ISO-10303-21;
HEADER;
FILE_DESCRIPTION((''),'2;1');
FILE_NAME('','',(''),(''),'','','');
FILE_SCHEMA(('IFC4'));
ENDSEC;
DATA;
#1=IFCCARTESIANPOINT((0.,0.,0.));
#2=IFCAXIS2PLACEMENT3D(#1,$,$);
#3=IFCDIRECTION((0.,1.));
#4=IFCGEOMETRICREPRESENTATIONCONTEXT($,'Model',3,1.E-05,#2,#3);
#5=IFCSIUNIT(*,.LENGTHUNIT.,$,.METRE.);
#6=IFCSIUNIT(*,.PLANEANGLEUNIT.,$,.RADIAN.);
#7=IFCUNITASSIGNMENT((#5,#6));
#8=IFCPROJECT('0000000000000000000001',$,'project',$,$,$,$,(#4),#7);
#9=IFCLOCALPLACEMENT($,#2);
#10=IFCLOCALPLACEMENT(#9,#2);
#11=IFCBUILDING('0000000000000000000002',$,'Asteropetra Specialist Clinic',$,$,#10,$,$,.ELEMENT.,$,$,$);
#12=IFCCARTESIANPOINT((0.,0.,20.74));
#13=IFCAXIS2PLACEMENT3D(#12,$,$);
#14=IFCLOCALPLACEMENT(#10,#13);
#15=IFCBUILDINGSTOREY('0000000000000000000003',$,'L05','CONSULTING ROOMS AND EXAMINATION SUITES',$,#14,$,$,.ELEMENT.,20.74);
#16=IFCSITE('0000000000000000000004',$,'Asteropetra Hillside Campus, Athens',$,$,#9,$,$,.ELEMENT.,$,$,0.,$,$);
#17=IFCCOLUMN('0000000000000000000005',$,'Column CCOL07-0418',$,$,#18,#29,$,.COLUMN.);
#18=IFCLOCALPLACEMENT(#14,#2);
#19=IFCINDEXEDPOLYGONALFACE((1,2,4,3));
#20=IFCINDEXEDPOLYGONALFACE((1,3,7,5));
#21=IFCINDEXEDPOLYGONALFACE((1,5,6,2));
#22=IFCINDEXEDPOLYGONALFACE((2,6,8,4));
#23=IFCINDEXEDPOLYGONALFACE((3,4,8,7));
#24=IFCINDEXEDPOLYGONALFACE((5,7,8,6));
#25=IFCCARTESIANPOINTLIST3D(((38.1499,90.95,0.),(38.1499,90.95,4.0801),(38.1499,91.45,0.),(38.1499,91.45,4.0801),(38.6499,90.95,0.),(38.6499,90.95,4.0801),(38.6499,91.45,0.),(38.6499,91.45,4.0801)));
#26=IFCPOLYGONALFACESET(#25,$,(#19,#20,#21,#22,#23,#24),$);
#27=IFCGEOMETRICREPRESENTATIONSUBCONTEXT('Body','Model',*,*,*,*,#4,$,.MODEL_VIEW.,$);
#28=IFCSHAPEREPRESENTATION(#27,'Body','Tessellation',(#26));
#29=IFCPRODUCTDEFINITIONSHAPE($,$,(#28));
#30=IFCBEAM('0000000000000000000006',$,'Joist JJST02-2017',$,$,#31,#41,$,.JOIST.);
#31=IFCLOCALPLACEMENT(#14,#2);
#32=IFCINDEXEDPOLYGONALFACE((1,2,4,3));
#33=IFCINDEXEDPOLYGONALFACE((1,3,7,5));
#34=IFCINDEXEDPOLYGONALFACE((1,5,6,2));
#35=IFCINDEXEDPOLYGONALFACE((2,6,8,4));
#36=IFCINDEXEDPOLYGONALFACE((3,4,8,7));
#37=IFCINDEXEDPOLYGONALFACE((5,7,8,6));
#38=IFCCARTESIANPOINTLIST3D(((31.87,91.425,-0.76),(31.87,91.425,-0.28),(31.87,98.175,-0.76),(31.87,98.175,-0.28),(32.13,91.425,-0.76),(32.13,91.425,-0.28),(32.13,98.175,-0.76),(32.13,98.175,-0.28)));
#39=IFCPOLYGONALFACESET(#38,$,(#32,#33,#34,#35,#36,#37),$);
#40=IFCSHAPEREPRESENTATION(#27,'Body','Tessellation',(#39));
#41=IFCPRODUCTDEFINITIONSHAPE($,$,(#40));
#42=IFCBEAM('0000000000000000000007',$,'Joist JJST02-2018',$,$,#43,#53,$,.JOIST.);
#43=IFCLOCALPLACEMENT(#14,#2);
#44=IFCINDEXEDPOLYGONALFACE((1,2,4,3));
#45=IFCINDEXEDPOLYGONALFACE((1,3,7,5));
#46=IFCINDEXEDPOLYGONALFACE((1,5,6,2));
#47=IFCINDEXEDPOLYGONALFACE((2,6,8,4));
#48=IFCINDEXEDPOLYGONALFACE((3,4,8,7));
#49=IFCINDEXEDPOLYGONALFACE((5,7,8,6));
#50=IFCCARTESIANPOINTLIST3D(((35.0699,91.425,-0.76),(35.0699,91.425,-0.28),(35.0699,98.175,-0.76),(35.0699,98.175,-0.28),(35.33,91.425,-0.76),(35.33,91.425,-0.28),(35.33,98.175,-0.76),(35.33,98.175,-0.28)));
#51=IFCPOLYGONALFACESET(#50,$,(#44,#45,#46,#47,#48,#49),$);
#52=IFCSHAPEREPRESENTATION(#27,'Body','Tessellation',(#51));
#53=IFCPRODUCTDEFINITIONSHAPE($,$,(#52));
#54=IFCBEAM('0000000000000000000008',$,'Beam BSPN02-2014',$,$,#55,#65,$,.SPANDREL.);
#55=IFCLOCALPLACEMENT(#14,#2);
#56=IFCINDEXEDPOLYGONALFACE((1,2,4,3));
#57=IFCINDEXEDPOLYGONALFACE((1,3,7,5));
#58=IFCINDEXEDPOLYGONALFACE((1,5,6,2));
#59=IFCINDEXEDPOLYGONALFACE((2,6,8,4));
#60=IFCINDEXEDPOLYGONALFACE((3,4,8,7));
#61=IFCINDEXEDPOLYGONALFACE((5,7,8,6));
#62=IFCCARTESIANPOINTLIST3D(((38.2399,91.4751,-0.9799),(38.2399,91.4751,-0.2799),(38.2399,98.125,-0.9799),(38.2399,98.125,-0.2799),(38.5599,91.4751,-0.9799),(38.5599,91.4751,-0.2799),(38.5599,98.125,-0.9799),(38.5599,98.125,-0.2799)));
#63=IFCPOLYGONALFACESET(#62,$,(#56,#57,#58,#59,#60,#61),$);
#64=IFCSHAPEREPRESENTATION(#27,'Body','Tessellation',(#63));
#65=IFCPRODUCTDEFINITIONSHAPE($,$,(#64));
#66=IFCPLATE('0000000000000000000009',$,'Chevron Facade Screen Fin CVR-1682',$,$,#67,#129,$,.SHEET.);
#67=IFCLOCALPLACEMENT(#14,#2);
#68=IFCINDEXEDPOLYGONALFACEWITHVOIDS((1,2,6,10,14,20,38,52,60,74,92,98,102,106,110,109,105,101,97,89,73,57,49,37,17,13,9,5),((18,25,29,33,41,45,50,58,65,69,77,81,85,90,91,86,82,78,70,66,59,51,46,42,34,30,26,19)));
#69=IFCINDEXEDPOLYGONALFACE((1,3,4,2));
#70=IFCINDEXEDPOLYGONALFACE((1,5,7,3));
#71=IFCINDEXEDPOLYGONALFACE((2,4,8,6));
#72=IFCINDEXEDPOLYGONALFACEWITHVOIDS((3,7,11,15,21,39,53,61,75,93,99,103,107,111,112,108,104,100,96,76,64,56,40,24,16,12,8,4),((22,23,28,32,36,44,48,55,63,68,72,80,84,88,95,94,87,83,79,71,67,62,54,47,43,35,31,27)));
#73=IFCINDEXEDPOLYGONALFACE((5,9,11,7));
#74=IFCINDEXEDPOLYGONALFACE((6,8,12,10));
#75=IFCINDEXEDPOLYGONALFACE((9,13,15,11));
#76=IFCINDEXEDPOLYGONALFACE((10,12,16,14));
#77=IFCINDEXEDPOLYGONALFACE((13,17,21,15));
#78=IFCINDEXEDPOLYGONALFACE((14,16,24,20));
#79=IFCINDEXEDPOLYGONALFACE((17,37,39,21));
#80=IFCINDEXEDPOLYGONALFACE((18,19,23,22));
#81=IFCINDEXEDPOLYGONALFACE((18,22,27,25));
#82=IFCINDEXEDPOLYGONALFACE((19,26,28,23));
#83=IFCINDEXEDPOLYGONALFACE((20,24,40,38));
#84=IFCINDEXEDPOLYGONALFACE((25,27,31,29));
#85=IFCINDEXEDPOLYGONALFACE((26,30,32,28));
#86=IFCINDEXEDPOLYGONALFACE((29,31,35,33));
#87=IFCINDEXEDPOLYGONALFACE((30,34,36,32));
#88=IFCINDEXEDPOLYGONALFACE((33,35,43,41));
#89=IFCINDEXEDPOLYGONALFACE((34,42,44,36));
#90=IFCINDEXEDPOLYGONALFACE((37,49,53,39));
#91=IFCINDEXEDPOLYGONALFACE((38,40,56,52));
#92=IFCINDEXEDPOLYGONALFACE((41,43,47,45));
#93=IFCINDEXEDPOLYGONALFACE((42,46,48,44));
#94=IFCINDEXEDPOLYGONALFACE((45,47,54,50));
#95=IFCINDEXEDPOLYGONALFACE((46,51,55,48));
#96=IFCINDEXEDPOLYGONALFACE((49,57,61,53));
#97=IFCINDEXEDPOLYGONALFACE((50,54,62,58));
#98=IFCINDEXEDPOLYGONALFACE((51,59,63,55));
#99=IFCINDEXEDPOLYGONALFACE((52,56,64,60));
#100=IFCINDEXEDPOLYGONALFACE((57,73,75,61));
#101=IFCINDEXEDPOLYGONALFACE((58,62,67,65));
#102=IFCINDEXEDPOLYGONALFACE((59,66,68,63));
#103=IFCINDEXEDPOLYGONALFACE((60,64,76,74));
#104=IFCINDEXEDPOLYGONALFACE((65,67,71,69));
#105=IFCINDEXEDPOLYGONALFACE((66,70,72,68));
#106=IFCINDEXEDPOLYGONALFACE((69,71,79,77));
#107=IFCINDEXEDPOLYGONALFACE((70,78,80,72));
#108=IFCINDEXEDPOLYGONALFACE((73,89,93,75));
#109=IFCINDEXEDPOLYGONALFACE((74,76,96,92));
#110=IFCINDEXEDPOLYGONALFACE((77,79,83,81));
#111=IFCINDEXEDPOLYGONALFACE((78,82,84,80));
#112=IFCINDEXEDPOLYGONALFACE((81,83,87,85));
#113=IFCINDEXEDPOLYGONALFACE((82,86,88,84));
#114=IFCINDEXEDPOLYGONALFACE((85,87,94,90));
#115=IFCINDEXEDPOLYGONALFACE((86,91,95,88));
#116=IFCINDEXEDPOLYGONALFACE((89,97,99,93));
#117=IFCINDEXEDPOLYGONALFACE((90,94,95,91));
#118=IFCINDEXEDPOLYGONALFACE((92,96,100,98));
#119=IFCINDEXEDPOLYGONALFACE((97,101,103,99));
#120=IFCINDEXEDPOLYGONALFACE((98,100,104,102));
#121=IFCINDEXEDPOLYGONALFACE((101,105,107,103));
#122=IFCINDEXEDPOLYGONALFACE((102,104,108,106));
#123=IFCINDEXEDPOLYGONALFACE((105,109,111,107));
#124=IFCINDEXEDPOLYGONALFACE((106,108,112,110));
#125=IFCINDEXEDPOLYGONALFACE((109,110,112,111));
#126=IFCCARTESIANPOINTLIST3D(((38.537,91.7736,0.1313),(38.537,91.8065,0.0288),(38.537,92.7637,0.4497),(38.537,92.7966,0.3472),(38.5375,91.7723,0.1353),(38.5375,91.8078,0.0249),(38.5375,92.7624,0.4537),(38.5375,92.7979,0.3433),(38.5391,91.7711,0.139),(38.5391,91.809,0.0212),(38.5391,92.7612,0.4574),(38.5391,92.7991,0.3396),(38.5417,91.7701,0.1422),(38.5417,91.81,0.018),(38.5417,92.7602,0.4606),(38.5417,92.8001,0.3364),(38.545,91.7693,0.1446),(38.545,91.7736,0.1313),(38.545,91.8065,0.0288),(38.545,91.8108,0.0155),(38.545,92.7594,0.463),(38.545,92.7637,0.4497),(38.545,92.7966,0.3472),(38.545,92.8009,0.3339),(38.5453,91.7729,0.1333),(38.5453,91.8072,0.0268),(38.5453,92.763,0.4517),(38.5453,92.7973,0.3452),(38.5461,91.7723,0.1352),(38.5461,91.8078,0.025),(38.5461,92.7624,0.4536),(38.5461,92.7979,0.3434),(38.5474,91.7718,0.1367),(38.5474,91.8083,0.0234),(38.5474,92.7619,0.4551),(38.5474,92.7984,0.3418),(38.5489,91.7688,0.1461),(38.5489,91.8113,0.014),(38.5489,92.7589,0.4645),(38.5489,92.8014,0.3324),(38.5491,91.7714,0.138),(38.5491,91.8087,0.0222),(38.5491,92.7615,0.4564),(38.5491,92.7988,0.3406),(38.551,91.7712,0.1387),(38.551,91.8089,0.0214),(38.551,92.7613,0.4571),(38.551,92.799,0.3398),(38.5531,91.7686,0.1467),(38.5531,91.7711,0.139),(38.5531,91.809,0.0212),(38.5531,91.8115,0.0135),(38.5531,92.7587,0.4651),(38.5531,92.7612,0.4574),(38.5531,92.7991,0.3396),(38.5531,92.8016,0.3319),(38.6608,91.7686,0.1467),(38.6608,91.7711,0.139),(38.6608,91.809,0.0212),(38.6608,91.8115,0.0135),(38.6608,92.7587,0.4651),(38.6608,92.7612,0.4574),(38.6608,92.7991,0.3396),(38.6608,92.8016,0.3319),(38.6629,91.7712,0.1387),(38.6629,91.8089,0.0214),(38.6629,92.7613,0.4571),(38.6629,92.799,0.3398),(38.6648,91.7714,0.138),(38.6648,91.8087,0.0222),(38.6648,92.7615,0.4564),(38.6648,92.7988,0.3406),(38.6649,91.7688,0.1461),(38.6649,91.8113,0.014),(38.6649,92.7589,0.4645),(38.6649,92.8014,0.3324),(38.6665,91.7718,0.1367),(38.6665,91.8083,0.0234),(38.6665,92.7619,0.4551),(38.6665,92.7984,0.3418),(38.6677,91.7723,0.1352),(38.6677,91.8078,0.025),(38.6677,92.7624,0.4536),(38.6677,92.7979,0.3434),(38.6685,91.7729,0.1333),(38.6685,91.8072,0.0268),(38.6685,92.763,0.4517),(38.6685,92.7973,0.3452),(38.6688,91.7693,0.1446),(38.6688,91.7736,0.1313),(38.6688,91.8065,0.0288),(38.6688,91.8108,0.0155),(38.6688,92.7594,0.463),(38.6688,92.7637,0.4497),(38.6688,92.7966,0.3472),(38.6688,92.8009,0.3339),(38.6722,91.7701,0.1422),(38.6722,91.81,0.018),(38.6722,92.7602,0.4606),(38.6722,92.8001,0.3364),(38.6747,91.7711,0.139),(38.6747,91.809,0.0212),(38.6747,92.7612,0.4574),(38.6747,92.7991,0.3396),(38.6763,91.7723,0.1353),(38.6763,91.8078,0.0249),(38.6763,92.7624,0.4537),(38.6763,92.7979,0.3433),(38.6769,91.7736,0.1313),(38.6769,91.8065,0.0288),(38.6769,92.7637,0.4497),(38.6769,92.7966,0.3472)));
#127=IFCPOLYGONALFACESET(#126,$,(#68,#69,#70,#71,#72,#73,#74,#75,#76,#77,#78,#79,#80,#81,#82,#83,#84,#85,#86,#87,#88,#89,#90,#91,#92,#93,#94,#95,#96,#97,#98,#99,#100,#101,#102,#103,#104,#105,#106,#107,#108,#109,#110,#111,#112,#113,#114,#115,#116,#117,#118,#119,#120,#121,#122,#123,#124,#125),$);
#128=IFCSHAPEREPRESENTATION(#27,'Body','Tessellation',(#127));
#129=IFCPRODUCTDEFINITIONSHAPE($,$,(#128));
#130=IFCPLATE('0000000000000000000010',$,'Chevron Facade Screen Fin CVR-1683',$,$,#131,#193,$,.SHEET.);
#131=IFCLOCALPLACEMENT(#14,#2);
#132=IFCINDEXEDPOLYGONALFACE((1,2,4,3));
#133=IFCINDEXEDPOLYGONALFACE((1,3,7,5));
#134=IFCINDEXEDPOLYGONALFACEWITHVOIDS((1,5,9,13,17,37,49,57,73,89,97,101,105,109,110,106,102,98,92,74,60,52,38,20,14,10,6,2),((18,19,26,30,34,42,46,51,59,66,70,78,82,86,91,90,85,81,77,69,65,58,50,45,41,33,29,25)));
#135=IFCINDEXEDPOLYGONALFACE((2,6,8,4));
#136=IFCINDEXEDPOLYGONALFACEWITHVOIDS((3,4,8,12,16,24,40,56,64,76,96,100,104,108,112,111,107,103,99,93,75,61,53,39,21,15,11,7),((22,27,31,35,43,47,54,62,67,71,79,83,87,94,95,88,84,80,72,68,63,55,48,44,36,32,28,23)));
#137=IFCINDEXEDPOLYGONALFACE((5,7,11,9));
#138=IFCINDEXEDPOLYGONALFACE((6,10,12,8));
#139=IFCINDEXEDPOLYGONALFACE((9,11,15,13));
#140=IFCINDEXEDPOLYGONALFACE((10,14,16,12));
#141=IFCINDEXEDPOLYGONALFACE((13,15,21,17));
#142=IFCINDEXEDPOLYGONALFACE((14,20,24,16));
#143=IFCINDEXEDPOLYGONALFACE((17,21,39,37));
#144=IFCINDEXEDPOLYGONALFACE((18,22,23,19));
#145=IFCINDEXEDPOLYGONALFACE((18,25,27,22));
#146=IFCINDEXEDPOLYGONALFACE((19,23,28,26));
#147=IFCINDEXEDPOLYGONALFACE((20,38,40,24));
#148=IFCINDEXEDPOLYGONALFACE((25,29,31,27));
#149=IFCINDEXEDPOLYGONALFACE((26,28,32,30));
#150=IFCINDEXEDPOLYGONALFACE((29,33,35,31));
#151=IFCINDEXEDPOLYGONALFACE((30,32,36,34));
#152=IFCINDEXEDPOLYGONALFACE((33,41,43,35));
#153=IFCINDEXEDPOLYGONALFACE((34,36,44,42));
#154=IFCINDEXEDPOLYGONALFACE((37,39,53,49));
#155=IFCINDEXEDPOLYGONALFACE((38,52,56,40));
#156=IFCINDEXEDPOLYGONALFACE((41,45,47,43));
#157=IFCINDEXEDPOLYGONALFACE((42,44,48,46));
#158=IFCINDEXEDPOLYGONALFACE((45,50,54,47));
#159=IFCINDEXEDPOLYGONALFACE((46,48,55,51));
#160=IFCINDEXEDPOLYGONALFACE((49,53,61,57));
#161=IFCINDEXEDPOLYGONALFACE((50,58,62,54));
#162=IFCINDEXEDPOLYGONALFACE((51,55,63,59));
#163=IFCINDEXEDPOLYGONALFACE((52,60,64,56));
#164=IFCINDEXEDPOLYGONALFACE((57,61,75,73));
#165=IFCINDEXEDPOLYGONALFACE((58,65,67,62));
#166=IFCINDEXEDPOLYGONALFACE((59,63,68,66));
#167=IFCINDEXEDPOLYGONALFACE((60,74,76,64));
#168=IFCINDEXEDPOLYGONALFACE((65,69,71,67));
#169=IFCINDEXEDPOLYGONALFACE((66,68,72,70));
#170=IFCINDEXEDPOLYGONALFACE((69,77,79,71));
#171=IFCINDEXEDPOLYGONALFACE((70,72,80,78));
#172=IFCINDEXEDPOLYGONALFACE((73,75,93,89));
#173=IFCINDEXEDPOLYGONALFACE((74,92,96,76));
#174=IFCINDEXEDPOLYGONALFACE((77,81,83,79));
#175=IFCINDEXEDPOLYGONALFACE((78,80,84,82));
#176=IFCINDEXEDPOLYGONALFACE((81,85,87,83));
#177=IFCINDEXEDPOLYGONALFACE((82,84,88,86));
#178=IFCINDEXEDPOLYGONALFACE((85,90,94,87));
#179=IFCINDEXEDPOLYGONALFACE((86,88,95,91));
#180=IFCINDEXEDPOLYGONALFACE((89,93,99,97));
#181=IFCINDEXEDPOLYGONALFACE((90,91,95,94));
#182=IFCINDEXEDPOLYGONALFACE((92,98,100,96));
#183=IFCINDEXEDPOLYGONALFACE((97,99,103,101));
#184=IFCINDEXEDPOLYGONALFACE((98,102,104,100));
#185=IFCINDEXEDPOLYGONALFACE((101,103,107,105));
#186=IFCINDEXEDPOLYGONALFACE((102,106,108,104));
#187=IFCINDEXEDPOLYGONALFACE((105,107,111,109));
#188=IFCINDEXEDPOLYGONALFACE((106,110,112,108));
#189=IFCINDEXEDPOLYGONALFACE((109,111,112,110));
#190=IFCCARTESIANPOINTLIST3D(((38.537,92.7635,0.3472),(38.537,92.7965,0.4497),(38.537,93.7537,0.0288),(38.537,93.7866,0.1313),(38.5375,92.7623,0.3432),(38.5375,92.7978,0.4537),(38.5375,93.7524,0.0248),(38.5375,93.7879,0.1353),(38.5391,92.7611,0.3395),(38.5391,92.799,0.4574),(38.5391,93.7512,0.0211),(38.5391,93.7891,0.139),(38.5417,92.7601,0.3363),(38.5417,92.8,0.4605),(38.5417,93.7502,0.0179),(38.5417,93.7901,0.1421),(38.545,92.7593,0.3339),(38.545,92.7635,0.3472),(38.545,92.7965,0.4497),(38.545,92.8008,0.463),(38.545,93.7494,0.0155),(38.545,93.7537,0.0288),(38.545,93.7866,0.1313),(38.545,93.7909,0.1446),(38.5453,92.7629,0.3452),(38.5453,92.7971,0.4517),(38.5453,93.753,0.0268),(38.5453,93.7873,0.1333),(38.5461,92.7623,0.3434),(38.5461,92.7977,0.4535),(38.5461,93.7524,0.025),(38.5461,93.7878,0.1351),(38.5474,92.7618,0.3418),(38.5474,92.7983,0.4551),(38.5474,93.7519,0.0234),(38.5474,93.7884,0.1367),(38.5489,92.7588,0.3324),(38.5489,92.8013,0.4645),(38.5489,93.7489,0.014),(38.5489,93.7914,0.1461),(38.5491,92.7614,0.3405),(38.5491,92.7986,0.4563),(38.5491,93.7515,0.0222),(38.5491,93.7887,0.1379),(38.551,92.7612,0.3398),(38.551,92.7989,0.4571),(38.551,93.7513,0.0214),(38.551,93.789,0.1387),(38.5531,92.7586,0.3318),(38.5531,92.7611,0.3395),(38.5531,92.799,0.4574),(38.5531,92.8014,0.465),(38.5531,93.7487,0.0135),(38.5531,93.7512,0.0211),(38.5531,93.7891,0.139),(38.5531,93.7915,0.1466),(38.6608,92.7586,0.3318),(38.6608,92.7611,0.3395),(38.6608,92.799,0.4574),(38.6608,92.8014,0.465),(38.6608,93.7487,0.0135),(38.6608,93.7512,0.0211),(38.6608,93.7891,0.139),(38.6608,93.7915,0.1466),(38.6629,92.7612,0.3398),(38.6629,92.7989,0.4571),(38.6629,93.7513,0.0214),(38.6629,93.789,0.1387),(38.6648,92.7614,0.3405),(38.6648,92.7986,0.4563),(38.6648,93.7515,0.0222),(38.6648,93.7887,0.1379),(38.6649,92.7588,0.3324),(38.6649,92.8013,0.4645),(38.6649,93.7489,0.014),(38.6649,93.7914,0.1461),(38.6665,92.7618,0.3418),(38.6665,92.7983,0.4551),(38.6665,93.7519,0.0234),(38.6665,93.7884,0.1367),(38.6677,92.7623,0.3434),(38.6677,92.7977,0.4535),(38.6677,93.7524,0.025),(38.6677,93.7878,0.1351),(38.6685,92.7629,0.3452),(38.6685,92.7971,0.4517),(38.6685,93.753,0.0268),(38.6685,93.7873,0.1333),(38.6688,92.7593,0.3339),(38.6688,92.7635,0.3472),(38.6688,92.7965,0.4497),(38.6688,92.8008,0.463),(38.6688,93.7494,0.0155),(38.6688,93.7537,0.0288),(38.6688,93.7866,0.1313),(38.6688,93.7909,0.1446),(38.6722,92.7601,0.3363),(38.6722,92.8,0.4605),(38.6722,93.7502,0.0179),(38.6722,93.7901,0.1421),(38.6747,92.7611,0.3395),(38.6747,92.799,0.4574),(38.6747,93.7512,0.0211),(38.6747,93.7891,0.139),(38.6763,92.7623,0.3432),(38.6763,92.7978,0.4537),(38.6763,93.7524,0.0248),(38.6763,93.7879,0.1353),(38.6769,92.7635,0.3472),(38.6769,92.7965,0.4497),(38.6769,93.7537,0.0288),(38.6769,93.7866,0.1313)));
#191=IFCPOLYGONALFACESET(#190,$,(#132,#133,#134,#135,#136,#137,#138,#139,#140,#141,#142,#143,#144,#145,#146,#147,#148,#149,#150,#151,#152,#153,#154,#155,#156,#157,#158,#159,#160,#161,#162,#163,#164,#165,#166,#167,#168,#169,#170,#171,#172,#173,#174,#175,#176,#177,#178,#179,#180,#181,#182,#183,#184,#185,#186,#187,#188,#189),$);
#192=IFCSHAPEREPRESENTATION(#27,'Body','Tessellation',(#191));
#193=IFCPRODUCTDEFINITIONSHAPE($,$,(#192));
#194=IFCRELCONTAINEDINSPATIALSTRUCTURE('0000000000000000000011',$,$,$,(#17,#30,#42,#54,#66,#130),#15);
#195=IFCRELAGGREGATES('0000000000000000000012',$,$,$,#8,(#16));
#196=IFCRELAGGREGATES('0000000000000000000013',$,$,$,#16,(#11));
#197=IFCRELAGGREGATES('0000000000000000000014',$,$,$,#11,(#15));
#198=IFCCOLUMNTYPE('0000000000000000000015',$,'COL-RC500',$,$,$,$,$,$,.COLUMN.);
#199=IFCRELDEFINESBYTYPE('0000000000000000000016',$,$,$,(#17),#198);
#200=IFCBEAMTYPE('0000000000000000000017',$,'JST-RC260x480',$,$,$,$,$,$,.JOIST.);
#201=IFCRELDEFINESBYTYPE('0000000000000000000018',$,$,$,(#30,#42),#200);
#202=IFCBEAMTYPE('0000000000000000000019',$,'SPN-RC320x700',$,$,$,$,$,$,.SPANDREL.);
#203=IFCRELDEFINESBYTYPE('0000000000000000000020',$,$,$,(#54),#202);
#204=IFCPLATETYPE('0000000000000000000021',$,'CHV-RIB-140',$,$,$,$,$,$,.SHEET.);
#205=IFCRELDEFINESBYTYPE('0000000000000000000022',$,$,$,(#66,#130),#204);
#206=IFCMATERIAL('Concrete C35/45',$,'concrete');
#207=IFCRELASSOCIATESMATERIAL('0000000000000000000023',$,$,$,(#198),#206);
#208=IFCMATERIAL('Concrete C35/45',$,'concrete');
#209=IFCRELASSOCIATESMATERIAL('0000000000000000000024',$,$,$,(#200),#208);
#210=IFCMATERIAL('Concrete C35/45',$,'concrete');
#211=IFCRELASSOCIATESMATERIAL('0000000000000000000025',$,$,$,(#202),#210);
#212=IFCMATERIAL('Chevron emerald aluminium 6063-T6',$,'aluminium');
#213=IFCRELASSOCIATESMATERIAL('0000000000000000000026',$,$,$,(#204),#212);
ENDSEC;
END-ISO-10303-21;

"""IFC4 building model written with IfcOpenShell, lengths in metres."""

from ifc_helpers import new_model, si_unit, direction, frame, origin, origin_2d, place, context, subcontext, project, spatial, rectangle, hollow_rectangle, extrude, material, material_profile, profile_set, type_object, element, save


model = new_model("IFC4")

# Units and contexts
model_context = context("Model", 3, precision=1e-05, world=origin(), true_north=direction((0.0, 1.0)))
body_context = subcontext(model_context, "Body", "Model", "MODEL_VIEW")
ifc_project = project(units=[si_unit("LENGTHUNIT", "METRE"), si_unit("PLANEANGLEUNIT", "RADIAN")], contexts=[model_context])

# Site, building, storey
site_placement = place(None, origin())
site = spatial("IfcSite", under=ifc_project, at=site_placement, Name="Asteropetra Hillside Campus, Athens", CompositionType="ELEMENT", RefElevation=0.0)
building_placement = place(site_placement, origin())
building = spatial("IfcBuilding", under=site, at=building_placement, Name="Asteropetra Specialist Clinic", CompositionType="ELEMENT")
storey_placement = place(building_placement, frame((0.0, 0.0, 20.74)))
storey = spatial("IfcBuildingStorey", under=building, at=storey_placement, Name="L05", Description="CONSULTING ROOMS AND EXAMINATION SUITES", CompositionType="ELEMENT", Elevation=20.74)

# Column
ifc_material_1 = material(Name="Concrete C35/45", Category="concrete")
ifc_material_profile_1 = material_profile(ifc_material_1, rectangle(XDim=0.5, YDim=0.5, at=origin_2d()), Name="RC 500x500")
ifc_profile_set_1 = profile_set([ifc_material_profile_1], Name="Concrete C35/45")
column_type = type_object("IfcColumnType", Name="COL-RC500", PredefinedType="COLUMN", material=ifc_profile_set_1)
column_placement = place(storey_placement, frame((38.3999, 91.2, 0.0), z_axis=(0.0, 0.0, 1.0), x_axis=(1.0, 0.0, 0.0)))
element("IfcColumn", 1, at=column_placement, inside=storey, type_object=column_type, Name="Column CCOL07-0418", PredefinedType="COLUMN", context=body_context, shape_type="SweptSolid", body=[
    extrude(rectangle(XDim=0.5, YDim=0.5, at=origin_2d()), origin(), (0.0, 0.0, 1.0), 4.0801),
])

# Beams
ifc_material_2 = material(Name="Concrete C35/45", Category="concrete")
ifc_material_profile_2 = material_profile(ifc_material_2, rectangle(XDim=0.26, YDim=0.48, at=origin_2d()), Name="RCJ 260x480")
ifc_profile_set_2 = profile_set([ifc_material_profile_2], Name="Concrete C35/45")
beam_type_1 = type_object("IfcBeamType", Name="JST-RC260x480", PredefinedType="JOIST", material=ifc_profile_set_2)
for number, where, z_axis, x_axis, name in (
    (2, (32.0, 91.425, -0.52), (0.0, 1.0, 0.0), (-1.0, 0.0, 0.0), "Joist JJST02-2017"),
    (3, (35.2, 91.425, -0.52), (0.0, 1.0, 0.0), (-1.0, 0.0, 0.0), "Joist JJST02-2018"),
):
    element("IfcBeam", number, at=place(storey_placement, frame(where, z_axis=z_axis, x_axis=x_axis)), inside=storey, type_object=beam_type_1, Name=name, PredefinedType="JOIST", context=body_context, shape_type="SweptSolid", body=[
        extrude(rectangle(XDim=0.26, YDim=0.48, at=origin_2d()), origin(), (0.0, 0.0, 1.0), 6.75),
    ])
ifc_material_3 = material(Name="Concrete C35/45", Category="concrete")
ifc_material_profile_3 = material_profile(ifc_material_3, rectangle(XDim=0.3201, YDim=0.7, at=origin_2d()), Name="RCS 320x700")
ifc_profile_set_3 = profile_set([ifc_material_profile_3], Name="Concrete C35/45")
beam_type_2 = type_object("IfcBeamType", Name="SPN-RC320x700", PredefinedType="SPANDREL", material=ifc_profile_set_3)
beam_placement = place(storey_placement, frame((38.3999, 91.4751, -0.6299), z_axis=(0.0, 1.0, 0.0), x_axis=(-1.0, 0.0, 0.0)))
element("IfcBeam", 4, at=beam_placement, inside=storey, type_object=beam_type_2, Name="Beam BSPN02-2014", PredefinedType="SPANDREL", context=body_context, shape_type="SweptSolid", body=[
    extrude(rectangle(XDim=0.3201, YDim=0.7, at=origin_2d()), origin(), (0.0, 0.0, 1.0), 6.6499),
])

# Plates
ifc_material_4 = material(Name="Chevron emerald aluminium 6063-T6", Category="aluminium")
ifc_material_profile_4 = material_profile(ifc_material_4, hollow_rectangle(XDim=0.1399, YDim=0.1399, WallThickness=0.0081, InnerFilletRadius=0.0081, OuterFilletRadius=0.0161, at=origin_2d()), Name="SHS 140x140x8.0")
ifc_profile_set_4 = profile_set([ifc_material_profile_4], Name="Chevron emerald aluminium 6063-T6")
plate_type = type_object("IfcPlateType", Name="CHV-RIB-140", PredefinedType="SHEET", material=ifc_profile_set_4)
for number, where, z_axis, x_axis, name in (
    (5, (38.6069, 91.79, 0.0801), (0.0, 0.951987, 0.306138), (-1.0, 0.0, 0.0), "Chevron Facade Screen Fin CVR-1682"),
    (6, (38.6069, 92.78, 0.3984), (0.0, 0.951987, -0.306138), (-1.0, 0.0, 0.0), "Chevron Facade Screen Fin CVR-1683"),
):
    element("IfcPlate", number, at=place(storey_placement, frame(where, z_axis=z_axis, x_axis=x_axis)), inside=storey, type_object=plate_type, Name=name, PredefinedType="SHEET", context=body_context, shape_type="SweptSolid", body=[
        extrude(hollow_rectangle(XDim=0.1399, YDim=0.1399, WallThickness=0.0081, InnerFilletRadius=0.0081, OuterFilletRadius=0.0161, at=origin_2d()), origin(), (0.0, 0.0, 1.0), 1.04),
    ])

save(model, "model.ifc")
